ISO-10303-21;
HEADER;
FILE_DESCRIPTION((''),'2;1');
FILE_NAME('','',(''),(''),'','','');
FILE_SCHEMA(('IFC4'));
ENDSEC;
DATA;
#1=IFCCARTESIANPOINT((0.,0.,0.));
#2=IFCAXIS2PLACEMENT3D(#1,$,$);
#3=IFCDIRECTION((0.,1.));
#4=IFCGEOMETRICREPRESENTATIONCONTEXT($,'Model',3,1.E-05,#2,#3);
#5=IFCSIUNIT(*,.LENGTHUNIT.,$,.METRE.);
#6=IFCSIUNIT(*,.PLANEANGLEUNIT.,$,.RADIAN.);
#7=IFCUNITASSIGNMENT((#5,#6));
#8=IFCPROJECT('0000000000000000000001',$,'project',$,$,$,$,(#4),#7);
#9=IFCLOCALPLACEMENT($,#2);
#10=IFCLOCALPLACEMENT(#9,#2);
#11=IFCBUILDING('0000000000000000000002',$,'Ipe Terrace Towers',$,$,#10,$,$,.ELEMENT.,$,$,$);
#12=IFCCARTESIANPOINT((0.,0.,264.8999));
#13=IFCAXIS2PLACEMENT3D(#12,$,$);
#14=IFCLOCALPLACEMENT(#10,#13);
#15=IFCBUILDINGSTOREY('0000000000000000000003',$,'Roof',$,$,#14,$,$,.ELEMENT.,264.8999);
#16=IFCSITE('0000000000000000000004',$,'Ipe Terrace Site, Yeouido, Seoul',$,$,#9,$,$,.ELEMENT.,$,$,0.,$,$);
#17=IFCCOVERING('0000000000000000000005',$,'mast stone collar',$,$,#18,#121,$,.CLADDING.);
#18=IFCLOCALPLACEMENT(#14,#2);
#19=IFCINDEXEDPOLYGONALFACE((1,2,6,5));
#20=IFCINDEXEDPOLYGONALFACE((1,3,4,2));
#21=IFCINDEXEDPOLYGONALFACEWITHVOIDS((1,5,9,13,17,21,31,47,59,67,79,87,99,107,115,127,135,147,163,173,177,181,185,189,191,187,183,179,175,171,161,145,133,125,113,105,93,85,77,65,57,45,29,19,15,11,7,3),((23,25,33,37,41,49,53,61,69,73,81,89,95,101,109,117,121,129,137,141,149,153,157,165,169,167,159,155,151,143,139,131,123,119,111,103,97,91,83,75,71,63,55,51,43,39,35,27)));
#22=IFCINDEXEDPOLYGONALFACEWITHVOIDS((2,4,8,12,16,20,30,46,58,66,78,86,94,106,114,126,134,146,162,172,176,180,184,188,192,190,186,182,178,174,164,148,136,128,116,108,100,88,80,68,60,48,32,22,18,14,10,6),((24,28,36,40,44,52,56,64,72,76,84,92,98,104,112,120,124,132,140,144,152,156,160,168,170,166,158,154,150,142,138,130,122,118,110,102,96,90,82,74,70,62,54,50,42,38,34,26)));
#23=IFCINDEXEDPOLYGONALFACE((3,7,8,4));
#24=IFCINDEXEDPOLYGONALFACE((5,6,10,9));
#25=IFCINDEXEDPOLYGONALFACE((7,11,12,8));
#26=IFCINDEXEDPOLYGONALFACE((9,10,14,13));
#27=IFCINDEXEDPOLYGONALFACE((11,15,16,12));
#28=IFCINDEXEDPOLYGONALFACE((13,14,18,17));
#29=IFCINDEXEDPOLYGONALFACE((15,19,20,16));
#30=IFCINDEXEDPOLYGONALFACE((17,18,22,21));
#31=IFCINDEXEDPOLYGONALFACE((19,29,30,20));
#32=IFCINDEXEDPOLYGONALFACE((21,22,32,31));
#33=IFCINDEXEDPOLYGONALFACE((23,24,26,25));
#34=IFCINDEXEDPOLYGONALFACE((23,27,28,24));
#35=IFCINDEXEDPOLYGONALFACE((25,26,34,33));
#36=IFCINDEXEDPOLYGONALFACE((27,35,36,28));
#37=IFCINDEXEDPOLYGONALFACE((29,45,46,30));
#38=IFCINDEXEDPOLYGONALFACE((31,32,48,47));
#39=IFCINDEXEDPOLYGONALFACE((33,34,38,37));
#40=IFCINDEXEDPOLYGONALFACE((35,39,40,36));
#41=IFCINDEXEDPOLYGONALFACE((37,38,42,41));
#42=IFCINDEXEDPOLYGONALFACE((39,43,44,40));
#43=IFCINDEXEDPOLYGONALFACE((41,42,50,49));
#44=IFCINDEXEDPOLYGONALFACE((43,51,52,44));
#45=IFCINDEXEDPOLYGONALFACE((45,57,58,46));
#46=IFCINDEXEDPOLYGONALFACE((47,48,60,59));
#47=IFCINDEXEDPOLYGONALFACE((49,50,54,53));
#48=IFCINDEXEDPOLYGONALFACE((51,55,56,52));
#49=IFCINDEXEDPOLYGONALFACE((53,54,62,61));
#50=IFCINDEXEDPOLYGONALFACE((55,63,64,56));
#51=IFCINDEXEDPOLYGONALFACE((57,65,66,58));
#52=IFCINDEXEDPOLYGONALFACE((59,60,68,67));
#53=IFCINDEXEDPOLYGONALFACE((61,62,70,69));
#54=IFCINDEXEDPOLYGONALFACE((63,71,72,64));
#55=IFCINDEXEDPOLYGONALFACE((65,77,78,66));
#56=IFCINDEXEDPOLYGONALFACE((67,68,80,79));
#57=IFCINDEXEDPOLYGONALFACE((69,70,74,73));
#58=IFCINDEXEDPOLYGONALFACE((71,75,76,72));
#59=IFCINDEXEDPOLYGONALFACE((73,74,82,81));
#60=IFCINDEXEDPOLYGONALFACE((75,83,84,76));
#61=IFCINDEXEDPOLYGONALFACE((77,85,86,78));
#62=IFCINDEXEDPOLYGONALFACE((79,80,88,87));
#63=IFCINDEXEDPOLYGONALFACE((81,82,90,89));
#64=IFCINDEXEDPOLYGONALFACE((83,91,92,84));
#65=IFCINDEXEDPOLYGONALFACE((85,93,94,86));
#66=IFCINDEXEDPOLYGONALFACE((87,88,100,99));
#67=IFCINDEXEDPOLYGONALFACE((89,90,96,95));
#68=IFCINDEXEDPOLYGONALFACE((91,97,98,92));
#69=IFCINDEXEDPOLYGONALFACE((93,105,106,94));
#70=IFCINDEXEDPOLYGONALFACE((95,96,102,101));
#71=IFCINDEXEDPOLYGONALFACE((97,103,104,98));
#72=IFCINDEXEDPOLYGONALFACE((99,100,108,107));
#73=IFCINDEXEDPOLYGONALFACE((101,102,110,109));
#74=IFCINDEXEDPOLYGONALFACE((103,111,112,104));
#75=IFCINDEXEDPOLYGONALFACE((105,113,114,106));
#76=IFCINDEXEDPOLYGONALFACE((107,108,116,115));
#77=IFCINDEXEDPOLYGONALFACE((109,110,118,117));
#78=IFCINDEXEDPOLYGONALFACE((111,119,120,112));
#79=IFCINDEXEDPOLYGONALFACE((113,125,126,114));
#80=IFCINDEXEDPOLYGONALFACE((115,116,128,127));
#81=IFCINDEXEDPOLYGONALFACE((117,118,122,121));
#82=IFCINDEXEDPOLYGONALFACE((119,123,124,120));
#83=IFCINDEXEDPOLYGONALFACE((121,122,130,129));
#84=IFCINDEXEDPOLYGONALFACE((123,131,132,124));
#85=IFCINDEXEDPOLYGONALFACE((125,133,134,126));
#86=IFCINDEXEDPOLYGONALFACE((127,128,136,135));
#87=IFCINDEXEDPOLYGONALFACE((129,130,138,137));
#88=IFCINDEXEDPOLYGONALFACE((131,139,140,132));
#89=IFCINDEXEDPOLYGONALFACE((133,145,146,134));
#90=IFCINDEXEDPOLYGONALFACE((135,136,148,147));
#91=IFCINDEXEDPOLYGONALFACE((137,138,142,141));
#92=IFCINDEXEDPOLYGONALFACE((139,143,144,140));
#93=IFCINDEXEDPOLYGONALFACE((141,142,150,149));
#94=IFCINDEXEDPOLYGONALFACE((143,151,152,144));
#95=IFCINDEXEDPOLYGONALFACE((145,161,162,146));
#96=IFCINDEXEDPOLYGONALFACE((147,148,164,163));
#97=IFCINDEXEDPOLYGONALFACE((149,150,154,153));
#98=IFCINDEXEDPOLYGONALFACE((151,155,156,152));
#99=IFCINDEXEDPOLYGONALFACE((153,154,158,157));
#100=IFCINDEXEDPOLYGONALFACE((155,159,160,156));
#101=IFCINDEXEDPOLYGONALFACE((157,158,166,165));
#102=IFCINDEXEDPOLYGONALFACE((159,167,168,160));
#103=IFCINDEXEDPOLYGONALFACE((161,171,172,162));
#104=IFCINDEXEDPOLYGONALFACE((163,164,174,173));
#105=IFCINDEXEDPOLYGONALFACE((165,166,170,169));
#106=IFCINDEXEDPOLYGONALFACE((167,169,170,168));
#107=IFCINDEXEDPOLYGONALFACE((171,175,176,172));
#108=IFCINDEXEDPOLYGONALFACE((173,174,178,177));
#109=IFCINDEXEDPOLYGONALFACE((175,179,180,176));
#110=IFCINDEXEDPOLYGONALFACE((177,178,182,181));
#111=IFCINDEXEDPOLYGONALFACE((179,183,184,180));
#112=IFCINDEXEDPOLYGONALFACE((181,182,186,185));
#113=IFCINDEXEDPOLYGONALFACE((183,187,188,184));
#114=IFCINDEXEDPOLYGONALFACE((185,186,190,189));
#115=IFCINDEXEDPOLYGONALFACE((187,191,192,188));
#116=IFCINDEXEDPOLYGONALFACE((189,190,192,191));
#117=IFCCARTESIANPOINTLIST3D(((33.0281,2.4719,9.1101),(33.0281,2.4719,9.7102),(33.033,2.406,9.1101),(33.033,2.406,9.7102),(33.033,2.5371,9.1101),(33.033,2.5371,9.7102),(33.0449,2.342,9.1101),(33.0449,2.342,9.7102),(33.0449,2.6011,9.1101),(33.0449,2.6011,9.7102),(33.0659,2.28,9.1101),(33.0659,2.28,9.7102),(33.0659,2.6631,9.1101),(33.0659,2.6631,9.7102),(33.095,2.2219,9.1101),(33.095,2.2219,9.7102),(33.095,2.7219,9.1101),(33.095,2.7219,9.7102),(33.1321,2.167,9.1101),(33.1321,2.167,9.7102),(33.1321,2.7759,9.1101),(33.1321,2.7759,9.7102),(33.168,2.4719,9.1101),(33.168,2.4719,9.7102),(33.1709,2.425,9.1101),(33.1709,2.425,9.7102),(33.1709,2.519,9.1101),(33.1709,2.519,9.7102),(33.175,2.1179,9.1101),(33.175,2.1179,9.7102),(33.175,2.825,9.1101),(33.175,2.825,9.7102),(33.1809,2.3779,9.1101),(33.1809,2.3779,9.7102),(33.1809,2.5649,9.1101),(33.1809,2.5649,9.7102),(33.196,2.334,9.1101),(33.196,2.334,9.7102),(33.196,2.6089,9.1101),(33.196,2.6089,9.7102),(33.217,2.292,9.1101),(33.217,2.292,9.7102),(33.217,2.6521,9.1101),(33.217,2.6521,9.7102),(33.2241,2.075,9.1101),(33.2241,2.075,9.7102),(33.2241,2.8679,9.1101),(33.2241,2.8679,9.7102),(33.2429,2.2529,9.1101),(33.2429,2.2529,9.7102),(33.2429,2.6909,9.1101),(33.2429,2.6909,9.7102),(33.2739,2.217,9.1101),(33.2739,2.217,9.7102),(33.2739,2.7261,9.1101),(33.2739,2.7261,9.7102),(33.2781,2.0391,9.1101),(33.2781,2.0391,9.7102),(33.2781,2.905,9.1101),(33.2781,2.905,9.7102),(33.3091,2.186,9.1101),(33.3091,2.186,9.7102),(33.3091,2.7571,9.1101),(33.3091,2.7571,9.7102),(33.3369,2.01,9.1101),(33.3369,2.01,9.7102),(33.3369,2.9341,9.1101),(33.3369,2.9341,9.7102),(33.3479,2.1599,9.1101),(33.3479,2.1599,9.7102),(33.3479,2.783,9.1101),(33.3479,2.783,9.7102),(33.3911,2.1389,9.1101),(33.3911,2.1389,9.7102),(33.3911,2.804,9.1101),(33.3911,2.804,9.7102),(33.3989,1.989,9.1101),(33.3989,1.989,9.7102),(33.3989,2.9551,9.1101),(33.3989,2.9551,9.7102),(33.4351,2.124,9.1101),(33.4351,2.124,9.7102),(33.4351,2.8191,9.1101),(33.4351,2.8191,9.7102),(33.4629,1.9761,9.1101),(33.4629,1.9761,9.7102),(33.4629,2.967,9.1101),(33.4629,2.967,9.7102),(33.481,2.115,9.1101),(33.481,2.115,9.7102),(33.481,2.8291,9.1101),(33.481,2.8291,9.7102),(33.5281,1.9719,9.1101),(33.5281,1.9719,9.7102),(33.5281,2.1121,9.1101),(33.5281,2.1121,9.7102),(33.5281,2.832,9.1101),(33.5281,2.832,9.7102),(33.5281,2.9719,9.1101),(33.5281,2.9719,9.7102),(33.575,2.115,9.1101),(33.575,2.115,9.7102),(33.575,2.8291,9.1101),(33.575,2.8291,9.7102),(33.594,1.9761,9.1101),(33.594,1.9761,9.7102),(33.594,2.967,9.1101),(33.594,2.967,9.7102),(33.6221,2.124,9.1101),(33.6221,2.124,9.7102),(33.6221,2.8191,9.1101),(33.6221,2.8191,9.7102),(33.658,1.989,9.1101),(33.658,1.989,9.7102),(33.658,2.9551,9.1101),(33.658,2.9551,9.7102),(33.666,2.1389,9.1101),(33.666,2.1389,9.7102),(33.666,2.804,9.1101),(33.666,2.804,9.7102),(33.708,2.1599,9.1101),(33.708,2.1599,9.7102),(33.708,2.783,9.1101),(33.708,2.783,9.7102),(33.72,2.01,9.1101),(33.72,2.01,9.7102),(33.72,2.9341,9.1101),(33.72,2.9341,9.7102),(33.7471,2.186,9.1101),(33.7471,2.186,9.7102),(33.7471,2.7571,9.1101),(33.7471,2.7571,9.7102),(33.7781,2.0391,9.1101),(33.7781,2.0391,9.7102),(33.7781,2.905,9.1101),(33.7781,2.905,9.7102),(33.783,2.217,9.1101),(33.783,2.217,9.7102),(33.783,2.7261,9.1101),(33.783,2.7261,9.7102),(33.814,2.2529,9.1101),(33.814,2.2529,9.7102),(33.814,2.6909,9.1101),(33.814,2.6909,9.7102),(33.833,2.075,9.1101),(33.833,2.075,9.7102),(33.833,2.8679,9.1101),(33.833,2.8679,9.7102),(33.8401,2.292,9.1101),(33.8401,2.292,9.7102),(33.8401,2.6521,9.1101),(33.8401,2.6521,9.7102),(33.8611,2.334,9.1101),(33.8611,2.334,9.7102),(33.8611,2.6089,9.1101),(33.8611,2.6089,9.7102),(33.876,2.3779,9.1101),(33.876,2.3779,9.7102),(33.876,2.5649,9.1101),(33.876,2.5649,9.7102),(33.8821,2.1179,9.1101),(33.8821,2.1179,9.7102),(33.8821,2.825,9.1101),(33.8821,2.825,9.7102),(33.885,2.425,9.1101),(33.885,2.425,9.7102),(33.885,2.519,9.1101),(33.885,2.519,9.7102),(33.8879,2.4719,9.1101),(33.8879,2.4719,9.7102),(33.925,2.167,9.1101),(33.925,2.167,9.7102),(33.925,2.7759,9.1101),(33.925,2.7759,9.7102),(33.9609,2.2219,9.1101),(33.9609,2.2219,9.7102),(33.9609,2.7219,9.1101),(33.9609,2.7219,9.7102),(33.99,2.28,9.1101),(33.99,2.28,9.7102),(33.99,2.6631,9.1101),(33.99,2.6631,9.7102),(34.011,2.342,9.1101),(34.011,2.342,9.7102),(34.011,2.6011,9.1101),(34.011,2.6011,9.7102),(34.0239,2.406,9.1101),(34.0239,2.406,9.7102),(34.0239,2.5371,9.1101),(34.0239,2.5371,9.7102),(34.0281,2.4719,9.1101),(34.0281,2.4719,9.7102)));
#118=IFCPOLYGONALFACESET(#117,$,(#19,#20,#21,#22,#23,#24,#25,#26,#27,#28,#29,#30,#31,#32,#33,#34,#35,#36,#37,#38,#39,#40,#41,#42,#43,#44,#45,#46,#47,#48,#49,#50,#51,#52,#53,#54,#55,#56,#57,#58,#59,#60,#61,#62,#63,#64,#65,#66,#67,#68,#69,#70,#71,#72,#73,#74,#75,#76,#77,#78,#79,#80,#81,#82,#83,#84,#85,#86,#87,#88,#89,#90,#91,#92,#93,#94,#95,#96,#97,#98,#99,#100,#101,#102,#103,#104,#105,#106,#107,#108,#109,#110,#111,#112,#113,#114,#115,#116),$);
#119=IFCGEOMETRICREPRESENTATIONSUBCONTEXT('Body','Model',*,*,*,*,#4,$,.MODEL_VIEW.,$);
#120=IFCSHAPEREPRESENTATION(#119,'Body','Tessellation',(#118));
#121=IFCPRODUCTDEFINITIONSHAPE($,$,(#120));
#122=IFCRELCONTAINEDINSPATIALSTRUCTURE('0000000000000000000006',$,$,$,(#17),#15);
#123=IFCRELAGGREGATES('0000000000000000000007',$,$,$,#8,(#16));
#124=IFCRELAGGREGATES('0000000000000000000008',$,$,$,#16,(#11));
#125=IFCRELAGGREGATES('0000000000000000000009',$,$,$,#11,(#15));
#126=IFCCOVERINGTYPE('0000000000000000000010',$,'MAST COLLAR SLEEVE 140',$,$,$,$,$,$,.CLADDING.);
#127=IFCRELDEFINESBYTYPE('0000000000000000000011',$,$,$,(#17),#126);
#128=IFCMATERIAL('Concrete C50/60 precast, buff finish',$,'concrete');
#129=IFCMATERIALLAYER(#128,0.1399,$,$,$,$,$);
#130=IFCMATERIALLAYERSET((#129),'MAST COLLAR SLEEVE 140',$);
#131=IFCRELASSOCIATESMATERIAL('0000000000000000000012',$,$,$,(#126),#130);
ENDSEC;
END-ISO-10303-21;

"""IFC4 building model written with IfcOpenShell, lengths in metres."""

from ifc_helpers import new_model, si_unit, direction, frame, origin, place, context, subcontext, project, spatial, polyline, outline, extrude, material, layer, layer_set, type_object, element, save


model = new_model("IFC4")

# Units and contexts
model_context = context("Model", 3, precision=1e-05, world=origin(), true_north=direction((0.0, 1.0)))
body_context = subcontext(model_context, "Body", "Model", "MODEL_VIEW")
ifc_project = project(units=[si_unit("LENGTHUNIT", "METRE"), si_unit("PLANEANGLEUNIT", "RADIAN")], contexts=[model_context])

# Site, building, storey
site_placement = place(None, origin())
site = spatial("IfcSite", under=ifc_project, at=site_placement, Name="Ipe Terrace Site, Yeouido, Seoul", CompositionType="ELEMENT", RefElevation=0.0)
building_placement = place(site_placement, origin())
building = spatial("IfcBuilding", under=site, at=building_placement, Name="Ipe Terrace Towers", CompositionType="ELEMENT")
storey_placement = place(building_placement, frame((0.0, 0.0, 264.8999)))
storey = spatial("IfcBuildingStorey", under=building, at=storey_placement, Name="Roof", CompositionType="ELEMENT", Elevation=264.8999)

# Covering
ifc_material_1 = material(Name="Concrete C50/60 precast, buff finish", Category="concrete")
ifc_layer_1 = layer(ifc_material_1, 0.1399)
ifc_layer_set_1 = layer_set([ifc_layer_1], Name="MAST COLLAR SLEEVE 140")
covering_type_1 = type_object("IfcCoveringType", Name="MAST COLLAR SLEEVE 140", PredefinedType="CLADDING", material=ifc_layer_set_1)
covering_1_placement = place(storey_placement, frame((0.0, 0.0, 9.1101)))
element("IfcCovering", 1, at=covering_1_placement, inside=storey, type_object=covering_type_1, Name="mast stone collar", PredefinedType="CLADDING", context=body_context, shape_type="SweptSolid", body=[
    extrude(outline(polyline([(34.0239, 2.406), (34.011, 2.342), (33.99, 2.28), (33.9609, 2.2219), (33.925, 2.167), (33.8821, 2.1179), (33.833, 2.075), (33.7781, 2.0391), (33.72, 2.01), (33.658, 1.989), (33.594, 1.9761), (33.5281, 1.9719), (33.4629, 1.9761), (33.3989, 1.989), (33.3369, 2.01), (33.2781, 2.0391), (33.2241, 2.075), (33.175, 2.1179), (33.1321, 2.167), (33.095, 2.2219), (33.0659, 2.28), (33.0449, 2.342), (33.033, 2.406), (33.0281, 2.4719), (33.033, 2.5371), (33.0449, 2.6011), (33.0659, 2.6631), (33.095, 2.7219), (33.1321, 2.7759), (33.175, 2.825), (33.2241, 2.8679), (33.2781, 2.905), (33.3369, 2.9341), (33.3989, 2.9551), (33.4629, 2.967), (33.5281, 2.9719), (33.594, 2.967), (33.658, 2.9551), (33.72, 2.9341), (33.7781, 2.905), (33.833, 2.8679), (33.8821, 2.825), (33.925, 2.7759), (33.9609, 2.7219), (33.99, 2.6631), (34.011, 2.6011), (34.0239, 2.5371), (34.0281, 2.4719), (34.0239, 2.406)]), holes=[polyline([(33.885, 2.519), (33.876, 2.5649), (33.8611, 2.6089), (33.8401, 2.6521), (33.814, 2.6909), (33.783, 2.7261), (33.7471, 2.7571), (33.708, 2.783), (33.666, 2.804), (33.6221, 2.8191), (33.575, 2.8291), (33.5281, 2.832), (33.481, 2.8291), (33.4351, 2.8191), (33.3911, 2.804), (33.3479, 2.783), (33.3091, 2.7571), (33.2739, 2.7261), (33.2429, 2.6909), (33.217, 2.6521), (33.196, 2.6089), (33.1809, 2.5649), (33.1709, 2.519), (33.168, 2.4719), (33.1709, 2.425), (33.1809, 2.3779), (33.196, 2.334), (33.217, 2.292), (33.2429, 2.2529), (33.2739, 2.217), (33.3091, 2.186), (33.3479, 2.1599), (33.3911, 2.1389), (33.4351, 2.124), (33.481, 2.115), (33.5281, 2.1121), (33.575, 2.115), (33.6221, 2.124), (33.666, 2.1389), (33.708, 2.1599), (33.7471, 2.186), (33.783, 2.217), (33.814, 2.2529), (33.8401, 2.292), (33.8611, 2.334), (33.876, 2.3779), (33.885, 2.425), (33.8879, 2.4719), (33.885, 2.519)])]), origin(), (0.0, 0.0, 1.0), 0.6001),
])

save(model, "model.ifc")
